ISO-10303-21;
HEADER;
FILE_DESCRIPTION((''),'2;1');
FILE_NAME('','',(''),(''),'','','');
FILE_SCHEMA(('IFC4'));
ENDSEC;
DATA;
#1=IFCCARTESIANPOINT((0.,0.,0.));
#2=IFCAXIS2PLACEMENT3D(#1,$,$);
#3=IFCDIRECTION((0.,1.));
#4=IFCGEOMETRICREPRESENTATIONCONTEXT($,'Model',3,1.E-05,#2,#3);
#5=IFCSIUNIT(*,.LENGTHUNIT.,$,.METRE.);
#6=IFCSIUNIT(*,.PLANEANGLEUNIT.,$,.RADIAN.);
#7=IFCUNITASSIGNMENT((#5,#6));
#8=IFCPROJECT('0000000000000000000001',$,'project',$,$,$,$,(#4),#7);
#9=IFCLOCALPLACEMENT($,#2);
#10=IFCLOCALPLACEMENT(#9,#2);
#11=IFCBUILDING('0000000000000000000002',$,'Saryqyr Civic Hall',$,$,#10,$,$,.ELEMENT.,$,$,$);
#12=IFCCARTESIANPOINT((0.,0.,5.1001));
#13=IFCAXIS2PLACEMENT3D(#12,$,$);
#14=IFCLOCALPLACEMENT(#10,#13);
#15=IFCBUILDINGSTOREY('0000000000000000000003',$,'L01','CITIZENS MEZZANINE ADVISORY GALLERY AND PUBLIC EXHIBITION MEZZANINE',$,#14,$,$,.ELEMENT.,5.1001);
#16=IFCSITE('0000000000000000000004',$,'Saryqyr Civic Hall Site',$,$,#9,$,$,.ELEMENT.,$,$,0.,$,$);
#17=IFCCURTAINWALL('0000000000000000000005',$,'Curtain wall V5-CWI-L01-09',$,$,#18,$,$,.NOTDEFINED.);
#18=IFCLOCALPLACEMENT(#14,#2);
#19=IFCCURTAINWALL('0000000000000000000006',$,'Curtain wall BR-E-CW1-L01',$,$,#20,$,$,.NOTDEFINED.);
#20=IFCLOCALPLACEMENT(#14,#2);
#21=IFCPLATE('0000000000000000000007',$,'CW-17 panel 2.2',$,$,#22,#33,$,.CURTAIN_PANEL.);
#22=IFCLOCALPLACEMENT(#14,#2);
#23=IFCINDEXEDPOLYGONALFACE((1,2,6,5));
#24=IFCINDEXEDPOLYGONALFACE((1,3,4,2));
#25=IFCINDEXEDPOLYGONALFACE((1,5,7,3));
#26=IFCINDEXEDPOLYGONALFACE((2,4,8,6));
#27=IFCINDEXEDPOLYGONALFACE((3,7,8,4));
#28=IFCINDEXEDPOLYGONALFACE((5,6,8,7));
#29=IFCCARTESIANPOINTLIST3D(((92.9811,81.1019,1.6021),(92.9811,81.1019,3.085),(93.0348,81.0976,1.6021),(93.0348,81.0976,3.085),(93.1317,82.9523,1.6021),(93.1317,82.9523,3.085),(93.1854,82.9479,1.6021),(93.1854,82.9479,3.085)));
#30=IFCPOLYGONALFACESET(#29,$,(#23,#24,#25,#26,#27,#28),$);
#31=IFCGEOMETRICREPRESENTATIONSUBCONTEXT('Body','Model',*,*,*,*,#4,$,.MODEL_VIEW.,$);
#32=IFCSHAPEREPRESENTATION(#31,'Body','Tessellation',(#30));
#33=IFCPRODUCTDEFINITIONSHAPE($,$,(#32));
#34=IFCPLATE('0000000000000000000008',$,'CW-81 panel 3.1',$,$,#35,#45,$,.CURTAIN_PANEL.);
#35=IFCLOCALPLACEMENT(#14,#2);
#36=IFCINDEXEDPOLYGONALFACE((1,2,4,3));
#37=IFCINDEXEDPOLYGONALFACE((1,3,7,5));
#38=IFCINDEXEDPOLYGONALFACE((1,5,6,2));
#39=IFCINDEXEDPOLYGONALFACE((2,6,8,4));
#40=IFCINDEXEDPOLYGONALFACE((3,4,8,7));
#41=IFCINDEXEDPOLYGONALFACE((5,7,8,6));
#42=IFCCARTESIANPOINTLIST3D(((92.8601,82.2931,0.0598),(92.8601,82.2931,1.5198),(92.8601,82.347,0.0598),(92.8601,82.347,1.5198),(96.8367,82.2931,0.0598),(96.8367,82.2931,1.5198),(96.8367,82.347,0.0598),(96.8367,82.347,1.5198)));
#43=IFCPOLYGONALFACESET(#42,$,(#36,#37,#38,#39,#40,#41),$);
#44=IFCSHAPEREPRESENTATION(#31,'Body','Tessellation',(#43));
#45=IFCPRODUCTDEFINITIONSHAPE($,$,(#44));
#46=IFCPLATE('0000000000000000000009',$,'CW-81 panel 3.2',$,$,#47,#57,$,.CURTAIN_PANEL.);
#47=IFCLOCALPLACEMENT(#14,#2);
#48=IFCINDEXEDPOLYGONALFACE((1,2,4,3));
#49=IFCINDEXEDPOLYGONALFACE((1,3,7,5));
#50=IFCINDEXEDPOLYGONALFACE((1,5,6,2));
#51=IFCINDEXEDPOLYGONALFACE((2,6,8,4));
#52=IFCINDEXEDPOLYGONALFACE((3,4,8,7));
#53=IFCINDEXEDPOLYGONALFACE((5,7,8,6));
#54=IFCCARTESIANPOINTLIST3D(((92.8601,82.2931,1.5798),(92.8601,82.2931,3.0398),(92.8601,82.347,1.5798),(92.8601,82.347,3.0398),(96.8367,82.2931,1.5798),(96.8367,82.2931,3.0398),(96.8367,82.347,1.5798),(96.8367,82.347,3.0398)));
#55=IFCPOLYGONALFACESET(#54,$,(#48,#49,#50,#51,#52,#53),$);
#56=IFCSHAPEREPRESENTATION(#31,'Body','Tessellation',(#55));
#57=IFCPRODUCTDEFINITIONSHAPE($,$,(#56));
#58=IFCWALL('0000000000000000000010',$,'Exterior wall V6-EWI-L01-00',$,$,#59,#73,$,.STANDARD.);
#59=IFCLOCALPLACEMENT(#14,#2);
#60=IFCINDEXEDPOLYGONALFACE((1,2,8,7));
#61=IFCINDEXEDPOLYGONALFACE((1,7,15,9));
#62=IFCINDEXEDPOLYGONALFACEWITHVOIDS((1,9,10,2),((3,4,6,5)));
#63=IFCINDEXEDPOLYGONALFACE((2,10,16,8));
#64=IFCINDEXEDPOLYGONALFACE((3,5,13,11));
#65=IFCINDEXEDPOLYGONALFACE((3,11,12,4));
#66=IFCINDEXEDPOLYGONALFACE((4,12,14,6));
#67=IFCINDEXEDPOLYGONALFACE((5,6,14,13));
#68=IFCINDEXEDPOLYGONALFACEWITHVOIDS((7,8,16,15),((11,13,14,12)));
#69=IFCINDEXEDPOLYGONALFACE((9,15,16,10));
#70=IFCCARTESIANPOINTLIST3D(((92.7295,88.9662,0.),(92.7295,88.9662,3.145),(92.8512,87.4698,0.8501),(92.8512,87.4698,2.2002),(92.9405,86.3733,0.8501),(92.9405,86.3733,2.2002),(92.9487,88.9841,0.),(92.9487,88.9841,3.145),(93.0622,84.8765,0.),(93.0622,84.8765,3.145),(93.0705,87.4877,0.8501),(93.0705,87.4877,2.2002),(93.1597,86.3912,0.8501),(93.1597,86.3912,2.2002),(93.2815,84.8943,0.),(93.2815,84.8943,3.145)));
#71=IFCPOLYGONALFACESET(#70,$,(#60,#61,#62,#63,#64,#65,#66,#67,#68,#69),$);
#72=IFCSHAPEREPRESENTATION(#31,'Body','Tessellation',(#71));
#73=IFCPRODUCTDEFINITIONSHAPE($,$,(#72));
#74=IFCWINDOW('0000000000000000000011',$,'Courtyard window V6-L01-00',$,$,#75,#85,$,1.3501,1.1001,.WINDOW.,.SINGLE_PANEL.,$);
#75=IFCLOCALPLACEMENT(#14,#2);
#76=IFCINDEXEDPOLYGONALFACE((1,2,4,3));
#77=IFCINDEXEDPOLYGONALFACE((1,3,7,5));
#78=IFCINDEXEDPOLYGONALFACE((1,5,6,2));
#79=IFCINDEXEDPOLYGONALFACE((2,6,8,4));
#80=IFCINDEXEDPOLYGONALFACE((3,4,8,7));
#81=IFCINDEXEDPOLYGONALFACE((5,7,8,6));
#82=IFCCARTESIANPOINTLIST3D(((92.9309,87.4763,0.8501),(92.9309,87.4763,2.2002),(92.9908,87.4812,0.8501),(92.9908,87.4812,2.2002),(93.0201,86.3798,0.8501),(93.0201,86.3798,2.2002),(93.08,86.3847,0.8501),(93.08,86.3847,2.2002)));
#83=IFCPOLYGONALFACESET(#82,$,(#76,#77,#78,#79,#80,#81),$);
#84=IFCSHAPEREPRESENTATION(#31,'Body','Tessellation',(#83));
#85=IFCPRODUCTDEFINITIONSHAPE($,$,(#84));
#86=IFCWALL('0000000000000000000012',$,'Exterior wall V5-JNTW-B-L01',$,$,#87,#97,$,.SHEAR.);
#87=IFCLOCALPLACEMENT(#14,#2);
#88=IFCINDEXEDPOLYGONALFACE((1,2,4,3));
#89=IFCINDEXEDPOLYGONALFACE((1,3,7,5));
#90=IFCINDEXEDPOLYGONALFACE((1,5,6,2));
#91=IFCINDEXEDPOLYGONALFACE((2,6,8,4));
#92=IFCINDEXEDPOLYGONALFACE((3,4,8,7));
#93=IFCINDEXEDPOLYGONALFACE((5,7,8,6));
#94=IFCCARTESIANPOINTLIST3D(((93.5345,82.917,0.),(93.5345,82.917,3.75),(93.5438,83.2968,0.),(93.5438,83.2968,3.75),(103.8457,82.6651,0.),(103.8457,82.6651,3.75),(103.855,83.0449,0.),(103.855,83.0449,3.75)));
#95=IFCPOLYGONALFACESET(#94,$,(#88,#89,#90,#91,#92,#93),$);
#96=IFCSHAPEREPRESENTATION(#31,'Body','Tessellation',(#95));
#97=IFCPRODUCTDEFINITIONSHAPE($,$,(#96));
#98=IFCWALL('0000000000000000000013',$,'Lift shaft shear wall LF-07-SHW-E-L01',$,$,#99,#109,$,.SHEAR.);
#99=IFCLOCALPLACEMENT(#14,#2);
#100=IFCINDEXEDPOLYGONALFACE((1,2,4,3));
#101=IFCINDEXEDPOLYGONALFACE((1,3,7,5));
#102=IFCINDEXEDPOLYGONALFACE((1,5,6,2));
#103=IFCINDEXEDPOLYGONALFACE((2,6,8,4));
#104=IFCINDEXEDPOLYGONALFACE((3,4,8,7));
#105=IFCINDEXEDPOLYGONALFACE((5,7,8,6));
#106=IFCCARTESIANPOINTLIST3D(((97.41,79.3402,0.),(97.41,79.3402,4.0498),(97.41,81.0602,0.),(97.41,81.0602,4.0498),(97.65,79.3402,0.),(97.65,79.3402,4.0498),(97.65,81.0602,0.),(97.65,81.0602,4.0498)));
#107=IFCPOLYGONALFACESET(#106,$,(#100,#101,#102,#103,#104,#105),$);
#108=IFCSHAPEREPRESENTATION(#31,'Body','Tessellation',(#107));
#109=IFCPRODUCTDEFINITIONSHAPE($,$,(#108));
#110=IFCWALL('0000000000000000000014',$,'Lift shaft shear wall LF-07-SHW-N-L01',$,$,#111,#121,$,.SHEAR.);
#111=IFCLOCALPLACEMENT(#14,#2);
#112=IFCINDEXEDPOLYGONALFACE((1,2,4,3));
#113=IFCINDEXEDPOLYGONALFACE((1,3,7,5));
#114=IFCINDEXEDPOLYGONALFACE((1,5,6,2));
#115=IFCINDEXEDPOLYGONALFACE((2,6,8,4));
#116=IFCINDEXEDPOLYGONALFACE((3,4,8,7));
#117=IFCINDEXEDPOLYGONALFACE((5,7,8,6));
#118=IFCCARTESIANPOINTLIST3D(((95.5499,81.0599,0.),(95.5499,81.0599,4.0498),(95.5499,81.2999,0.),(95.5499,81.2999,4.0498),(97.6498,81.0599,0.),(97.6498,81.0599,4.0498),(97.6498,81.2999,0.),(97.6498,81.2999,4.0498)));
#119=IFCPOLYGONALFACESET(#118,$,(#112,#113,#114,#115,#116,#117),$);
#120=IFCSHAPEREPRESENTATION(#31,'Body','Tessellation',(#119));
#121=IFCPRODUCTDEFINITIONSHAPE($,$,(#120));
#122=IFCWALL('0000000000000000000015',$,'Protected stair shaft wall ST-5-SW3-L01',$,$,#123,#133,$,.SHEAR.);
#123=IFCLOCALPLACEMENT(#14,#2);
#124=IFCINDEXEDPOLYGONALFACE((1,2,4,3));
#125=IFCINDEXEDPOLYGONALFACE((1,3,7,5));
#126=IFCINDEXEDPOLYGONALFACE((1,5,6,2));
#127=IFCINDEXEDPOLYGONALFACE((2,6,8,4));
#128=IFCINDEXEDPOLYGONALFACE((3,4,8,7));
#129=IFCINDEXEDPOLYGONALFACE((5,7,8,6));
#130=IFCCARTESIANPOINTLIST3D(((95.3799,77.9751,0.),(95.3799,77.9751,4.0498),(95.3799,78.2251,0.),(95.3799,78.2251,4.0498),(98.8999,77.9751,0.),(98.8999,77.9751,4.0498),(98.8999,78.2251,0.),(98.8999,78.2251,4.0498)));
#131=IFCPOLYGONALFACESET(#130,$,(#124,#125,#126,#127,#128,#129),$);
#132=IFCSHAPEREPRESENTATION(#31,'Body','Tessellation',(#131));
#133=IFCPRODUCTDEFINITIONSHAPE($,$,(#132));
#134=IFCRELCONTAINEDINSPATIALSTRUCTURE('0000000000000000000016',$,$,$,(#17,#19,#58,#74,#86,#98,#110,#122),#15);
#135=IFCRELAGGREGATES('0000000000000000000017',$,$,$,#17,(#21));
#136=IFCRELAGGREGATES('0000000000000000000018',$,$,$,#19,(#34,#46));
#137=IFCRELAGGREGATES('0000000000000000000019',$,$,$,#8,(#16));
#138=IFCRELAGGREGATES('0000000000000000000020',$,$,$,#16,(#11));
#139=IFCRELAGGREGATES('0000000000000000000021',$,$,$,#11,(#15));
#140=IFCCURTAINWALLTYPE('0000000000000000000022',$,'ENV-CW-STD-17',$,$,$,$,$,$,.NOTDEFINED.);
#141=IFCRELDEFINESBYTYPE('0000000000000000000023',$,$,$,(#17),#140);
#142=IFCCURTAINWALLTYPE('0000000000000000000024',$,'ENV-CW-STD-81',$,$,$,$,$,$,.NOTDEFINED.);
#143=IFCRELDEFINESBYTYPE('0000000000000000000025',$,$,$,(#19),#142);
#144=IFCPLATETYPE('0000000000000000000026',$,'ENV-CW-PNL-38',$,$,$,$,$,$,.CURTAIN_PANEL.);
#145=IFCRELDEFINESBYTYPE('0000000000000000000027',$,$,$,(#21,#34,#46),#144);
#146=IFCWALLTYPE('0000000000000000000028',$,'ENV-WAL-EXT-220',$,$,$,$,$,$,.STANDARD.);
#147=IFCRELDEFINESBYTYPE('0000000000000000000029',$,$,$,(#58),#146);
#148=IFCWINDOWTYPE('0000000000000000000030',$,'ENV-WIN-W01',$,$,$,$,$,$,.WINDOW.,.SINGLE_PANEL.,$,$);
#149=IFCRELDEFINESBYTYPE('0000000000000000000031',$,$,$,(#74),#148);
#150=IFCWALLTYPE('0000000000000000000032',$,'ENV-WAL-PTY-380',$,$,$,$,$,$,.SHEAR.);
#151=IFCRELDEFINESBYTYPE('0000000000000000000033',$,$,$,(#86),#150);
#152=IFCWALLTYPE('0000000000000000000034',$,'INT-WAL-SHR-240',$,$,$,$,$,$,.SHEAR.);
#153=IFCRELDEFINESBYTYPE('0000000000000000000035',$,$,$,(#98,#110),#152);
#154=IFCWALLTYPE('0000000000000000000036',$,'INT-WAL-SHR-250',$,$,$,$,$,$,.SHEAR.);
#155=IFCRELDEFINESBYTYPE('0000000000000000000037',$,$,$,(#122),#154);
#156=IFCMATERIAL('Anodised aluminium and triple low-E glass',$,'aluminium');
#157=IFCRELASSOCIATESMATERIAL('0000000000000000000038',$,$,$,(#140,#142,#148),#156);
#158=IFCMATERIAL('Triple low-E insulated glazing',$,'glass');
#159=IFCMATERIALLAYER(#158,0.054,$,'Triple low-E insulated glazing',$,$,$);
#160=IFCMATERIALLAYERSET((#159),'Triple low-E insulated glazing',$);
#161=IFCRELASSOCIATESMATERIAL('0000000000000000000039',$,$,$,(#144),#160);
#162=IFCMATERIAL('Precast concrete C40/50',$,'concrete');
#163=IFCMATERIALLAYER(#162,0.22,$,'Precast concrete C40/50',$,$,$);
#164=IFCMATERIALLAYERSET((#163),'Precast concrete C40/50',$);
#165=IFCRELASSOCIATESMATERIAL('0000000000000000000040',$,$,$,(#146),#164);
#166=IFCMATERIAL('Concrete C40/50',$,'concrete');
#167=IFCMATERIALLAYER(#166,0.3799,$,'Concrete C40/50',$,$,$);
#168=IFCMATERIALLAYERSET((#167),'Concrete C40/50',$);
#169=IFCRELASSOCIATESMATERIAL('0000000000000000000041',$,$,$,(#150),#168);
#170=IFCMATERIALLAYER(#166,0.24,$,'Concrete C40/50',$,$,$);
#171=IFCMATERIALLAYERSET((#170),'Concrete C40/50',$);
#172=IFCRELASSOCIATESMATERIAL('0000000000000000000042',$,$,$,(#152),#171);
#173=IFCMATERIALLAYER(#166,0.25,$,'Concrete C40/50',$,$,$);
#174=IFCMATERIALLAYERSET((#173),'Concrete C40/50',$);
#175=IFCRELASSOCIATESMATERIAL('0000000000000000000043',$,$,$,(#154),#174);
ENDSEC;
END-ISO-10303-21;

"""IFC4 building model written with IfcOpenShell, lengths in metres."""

from ifc_helpers import new_model, si_unit, direction, frame, frame_2d, origin, origin_2d, place, context, subcontext, project, spatial, rectangle, extrude, material, layer, layer_set, type_object, element, fill, aggregate, save


model = new_model("IFC4")

# Units and contexts
model_context = context("Model", 3, precision=1e-05, world=origin(), true_north=direction((0.0, 1.0)))
body_context = subcontext(model_context, "Body", "Model", "MODEL_VIEW")
ifc_project = project(units=[si_unit("LENGTHUNIT", "METRE"), si_unit("PLANEANGLEUNIT", "RADIAN")], contexts=[model_context])

# Site, building, storey
site_placement = place(None, origin())
site = spatial("IfcSite", under=ifc_project, at=site_placement, Name="Saryqyr Civic Hall Site", CompositionType="ELEMENT", RefElevation=0.0)
building_placement = place(site_placement, origin())
building = spatial("IfcBuilding", under=site, at=building_placement, Name="Saryqyr Civic Hall", CompositionType="ELEMENT")
storey_placement = place(building_placement, frame((0.0, 0.0, 5.1001)))
storey = spatial("IfcBuildingStorey", under=building, at=storey_placement, Name="L01", Description="CITIZENS MEZZANINE ADVISORY GALLERY AND PUBLIC EXHIBITION MEZZANINE", CompositionType="ELEMENT", Elevation=5.1001)

# Shared definitions
ifc_material_1 = material(Name="Concrete C40/50", Category="concrete")

# Curtain walls
ifc_material_2 = material(Name="Anodised aluminium and triple low-E glass", Category="aluminium")
curtain_wall_type_1 = type_object("IfcCurtainWallType", Name="ENV-CW-STD-17", PredefinedType="NOTDEFINED", material=ifc_material_2)
curtain_wall_1_placement = place(storey_placement, origin())
curtain_wall_1 = element("IfcCurtainWall", 1, at=curtain_wall_1_placement, inside=storey, type_object=curtain_wall_type_1, Name="Curtain wall V5-CWI-L01-09", PredefinedType="NOTDEFINED")
curtain_wall_type_2 = type_object("IfcCurtainWallType", Name="ENV-CW-STD-81", PredefinedType="NOTDEFINED", material=ifc_material_2)
curtain_wall_2_placement = place(storey_placement, origin())
curtain_wall_2 = element("IfcCurtainWall", 2, at=curtain_wall_2_placement, inside=storey, type_object=curtain_wall_type_2, Name="Curtain wall BR-E-CW1-L01", PredefinedType="NOTDEFINED")

# Plates
ifc_material_3 = material(Name="Triple low-E insulated glazing", Category="glass")
ifc_layer_1 = layer(ifc_material_3, 0.054, Name="Triple low-E insulated glazing")
ifc_layer_set_1 = layer_set([ifc_layer_1], Name="Triple low-E insulated glazing")
plate_type = type_object("IfcPlateType", Name="ENV-CW-PNL-38", PredefinedType="CURTAIN_PANEL", material=ifc_layer_set_1)
plate_1_placement = place(storey_placement, frame((93.0833, 82.0249, 1.6021), z_axis=(0.0, 0.0, 1.0), x_axis=(0.081126, 0.996704, 0.0)))
plate_1 = element("IfcPlate", 3, at=plate_1_placement, type_object=plate_type, Name="CW-17 panel 2.2", PredefinedType="CURTAIN_PANEL", context=body_context, shape_type="SweptSolid", body=[
    extrude(rectangle(XDim=1.8564, YDim=0.054, at=origin_2d()), origin(), (0.0, 0.0, 1.0), 1.4829),
])
aggregate(curtain_wall_1, [plate_1])
plate_2_placement = place(storey_placement, frame((94.8484, 82.3201, 0.0598), z_axis=(0.0, 0.0, 1.0), x_axis=(-1.0, 0.0, 0.0)))
plate_2 = element("IfcPlate", 4, at=plate_2_placement, type_object=plate_type, Name="CW-81 panel 3.1", PredefinedType="CURTAIN_PANEL", context=body_context, shape_type="SweptSolid", body=[
    extrude(rectangle(XDim=3.9766, YDim=0.054, at=origin_2d()), origin(), (0.0, 0.0, 1.0), 1.46),
])
plate_3_placement = place(storey_placement, frame((94.8484, 82.3201, 1.5798), z_axis=(0.0, 0.0, 1.0), x_axis=(-1.0, 0.0, 0.0)))
plate_3 = element("IfcPlate", 5, at=plate_3_placement, type_object=plate_type, Name="CW-81 panel 3.2", PredefinedType="CURTAIN_PANEL", context=body_context, shape_type="SweptSolid", body=[
    extrude(rectangle(XDim=3.9766, YDim=0.054, at=origin_2d()), origin(), (0.0, 0.0, 1.0), 1.46),
])
aggregate(curtain_wall_2, [plate_2, plate_3])

# Wall, opening, window
ifc_material_4 = material(Name="Precast concrete C40/50", Category="concrete")
ifc_layer_2 = layer(ifc_material_4, 0.22, Name="Precast concrete C40/50")
ifc_layer_set_2 = layer_set([ifc_layer_2], Name="Precast concrete C40/50")
wall_type_1 = type_object("IfcWallType", Name="ENV-WAL-EXT-220", PredefinedType="STANDARD", material=ifc_layer_set_2)
wall_1_placement = place(storey_placement, frame((93.1719, 84.8853, 0.0), z_axis=(0.0, 0.0, 1.0), x_axis=(-0.081095, 0.996706, 0.0)))
wall_1 = element("IfcWall", 6, at=wall_1_placement, inside=storey, type_object=wall_type_1, Name="Exterior wall V6-EWI-L01-00", PredefinedType="STANDARD", context=body_context, shape_type="SweptSolid", body=[
    extrude(rectangle(XDim=4.1033, YDim=0.22, at=frame_2d((2.0518, 0.0))), origin(), (0.0, 0.0, 1.0), 3.145),
])
opening_1_placement = place(wall_1_placement, frame((1.502, 0.0, 0.8501)))
opening_1 = element("IfcOpeningElement", 7, at=opening_1_placement, cuts=wall_1, PredefinedType="OPENING", context=body_context, shape_type="SweptSolid", body=[
    extrude(rectangle(XDim=1.1001, YDim=1.3501, at=frame_2d((0.55, 0.675))), frame((0.0, 0.1199, 0.0), z_axis=(0.0, -1.0, 0.0), x_axis=(1.0, 0.0, 0.0)), (0.0, 0.0, 1.0), 0.24),
])
window_type = type_object("IfcWindowType", Name="ENV-WIN-W01", PartitioningType="SINGLE_PANEL", PredefinedType="WINDOW", material=ifc_material_2)
window_placement = place(opening_1_placement, origin())
window = element("IfcWindow", 8, at=window_placement, inside=storey, type_object=window_type, Name="Courtyard window V6-L01-00", OverallHeight=1.3501, OverallWidth=1.1001, PartitioningType="SINGLE_PANEL", PredefinedType="WINDOW", context=body_context, shape_type="SweptSolid", body=[
    extrude(rectangle(XDim=1.1001, YDim=1.3501, at=frame_2d((0.55, 0.675))), frame((0.0, 0.03, 0.0), z_axis=(0.0, -1.0, 0.0), x_axis=(1.0, 0.0, 0.0)), (0.0, 0.0, 1.0), 0.0601),
])
fill(opening_1, window)

# Walls
ifc_layer_3 = layer(ifc_material_1, 0.3799, Name="Concrete C40/50")
ifc_layer_set_3 = layer_set([ifc_layer_3], Name="Concrete C40/50")
wall_type_2 = type_object("IfcWallType", Name="ENV-WAL-PTY-380", PredefinedType="SHEAR", material=ifc_layer_set_3)
wall_2_placement = place(storey_placement, frame((93.5391, 83.1069, 0.0), z_axis=(0.0, 0.0, 1.0), x_axis=(0.999702, -0.024428, 0.0)))
element("IfcWall", 9, at=wall_2_placement, inside=storey, type_object=wall_type_2, Name="Exterior wall V5-JNTW-B-L01", PredefinedType="SHEAR", context=body_context, shape_type="SweptSolid", body=[
    extrude(rectangle(XDim=10.3142, YDim=0.3799, at=frame_2d((5.1572, 0.0))), origin(), (0.0, 0.0, 1.0), 3.75),
])
ifc_layer_4 = layer(ifc_material_1, 0.24, Name="Concrete C40/50")
ifc_layer_set_4 = layer_set([ifc_layer_4], Name="Concrete C40/50")
wall_type_3 = type_object("IfcWallType", Name="INT-WAL-SHR-240", PredefinedType="SHEAR", material=ifc_layer_set_4)
wall_3_placement = place(storey_placement, frame((97.53, 81.0601, 0.0), z_axis=(0.0, 0.0, 1.0), x_axis=(0.0, -1.0, 0.0)))
element("IfcWall", 10, at=wall_3_placement, inside=storey, type_object=wall_type_3, Name="Lift shaft shear wall LF-07-SHW-E-L01", PredefinedType="SHEAR", context=body_context, shape_type="SweptSolid", body=[
    extrude(rectangle(XDim=1.72, YDim=0.24, at=frame_2d((0.8599, 0.0))), origin(), (0.0, 0.0, 1.0), 4.0498),
])
wall_4_placement = place(storey_placement, frame((95.55, 81.1799, 0.0), z_axis=(0.0, 0.0, 1.0), x_axis=(1.0, 0.0, 0.0)))
element("IfcWall", 11, at=wall_4_placement, inside=storey, type_object=wall_type_3, Name="Lift shaft shear wall LF-07-SHW-N-L01", PredefinedType="SHEAR", context=body_context, shape_type="SweptSolid", body=[
    extrude(rectangle(XDim=2.0999, YDim=0.24, at=frame_2d((1.0498, 0.0))), origin(), (0.0, 0.0, 1.0), 4.0498),
])

# Wall
ifc_layer_5 = layer(ifc_material_1, 0.25, Name="Concrete C40/50")
ifc_layer_set_5 = layer_set([ifc_layer_5], Name="Concrete C40/50")
wall_type_4 = type_object("IfcWallType", Name="INT-WAL-SHR-250", PredefinedType="SHEAR", material=ifc_layer_set_5)
wall_5_placement = place(storey_placement, frame((95.3799, 78.1001, 0.0), z_axis=(0.0, 0.0, 1.0), x_axis=(1.0, 0.0, 0.0)))
element("IfcWall", 12, at=wall_5_placement, inside=storey, type_object=wall_type_4, Name="Protected stair shaft wall ST-5-SW3-L01", PredefinedType="SHEAR", context=body_context, shape_type="SweptSolid", body=[
    extrude(rectangle(XDim=3.52, YDim=0.25, at=frame_2d((1.76, 0.0))), origin(), (0.0, 0.0, 1.0), 4.0498),
])

save(model, "model.ifc")
